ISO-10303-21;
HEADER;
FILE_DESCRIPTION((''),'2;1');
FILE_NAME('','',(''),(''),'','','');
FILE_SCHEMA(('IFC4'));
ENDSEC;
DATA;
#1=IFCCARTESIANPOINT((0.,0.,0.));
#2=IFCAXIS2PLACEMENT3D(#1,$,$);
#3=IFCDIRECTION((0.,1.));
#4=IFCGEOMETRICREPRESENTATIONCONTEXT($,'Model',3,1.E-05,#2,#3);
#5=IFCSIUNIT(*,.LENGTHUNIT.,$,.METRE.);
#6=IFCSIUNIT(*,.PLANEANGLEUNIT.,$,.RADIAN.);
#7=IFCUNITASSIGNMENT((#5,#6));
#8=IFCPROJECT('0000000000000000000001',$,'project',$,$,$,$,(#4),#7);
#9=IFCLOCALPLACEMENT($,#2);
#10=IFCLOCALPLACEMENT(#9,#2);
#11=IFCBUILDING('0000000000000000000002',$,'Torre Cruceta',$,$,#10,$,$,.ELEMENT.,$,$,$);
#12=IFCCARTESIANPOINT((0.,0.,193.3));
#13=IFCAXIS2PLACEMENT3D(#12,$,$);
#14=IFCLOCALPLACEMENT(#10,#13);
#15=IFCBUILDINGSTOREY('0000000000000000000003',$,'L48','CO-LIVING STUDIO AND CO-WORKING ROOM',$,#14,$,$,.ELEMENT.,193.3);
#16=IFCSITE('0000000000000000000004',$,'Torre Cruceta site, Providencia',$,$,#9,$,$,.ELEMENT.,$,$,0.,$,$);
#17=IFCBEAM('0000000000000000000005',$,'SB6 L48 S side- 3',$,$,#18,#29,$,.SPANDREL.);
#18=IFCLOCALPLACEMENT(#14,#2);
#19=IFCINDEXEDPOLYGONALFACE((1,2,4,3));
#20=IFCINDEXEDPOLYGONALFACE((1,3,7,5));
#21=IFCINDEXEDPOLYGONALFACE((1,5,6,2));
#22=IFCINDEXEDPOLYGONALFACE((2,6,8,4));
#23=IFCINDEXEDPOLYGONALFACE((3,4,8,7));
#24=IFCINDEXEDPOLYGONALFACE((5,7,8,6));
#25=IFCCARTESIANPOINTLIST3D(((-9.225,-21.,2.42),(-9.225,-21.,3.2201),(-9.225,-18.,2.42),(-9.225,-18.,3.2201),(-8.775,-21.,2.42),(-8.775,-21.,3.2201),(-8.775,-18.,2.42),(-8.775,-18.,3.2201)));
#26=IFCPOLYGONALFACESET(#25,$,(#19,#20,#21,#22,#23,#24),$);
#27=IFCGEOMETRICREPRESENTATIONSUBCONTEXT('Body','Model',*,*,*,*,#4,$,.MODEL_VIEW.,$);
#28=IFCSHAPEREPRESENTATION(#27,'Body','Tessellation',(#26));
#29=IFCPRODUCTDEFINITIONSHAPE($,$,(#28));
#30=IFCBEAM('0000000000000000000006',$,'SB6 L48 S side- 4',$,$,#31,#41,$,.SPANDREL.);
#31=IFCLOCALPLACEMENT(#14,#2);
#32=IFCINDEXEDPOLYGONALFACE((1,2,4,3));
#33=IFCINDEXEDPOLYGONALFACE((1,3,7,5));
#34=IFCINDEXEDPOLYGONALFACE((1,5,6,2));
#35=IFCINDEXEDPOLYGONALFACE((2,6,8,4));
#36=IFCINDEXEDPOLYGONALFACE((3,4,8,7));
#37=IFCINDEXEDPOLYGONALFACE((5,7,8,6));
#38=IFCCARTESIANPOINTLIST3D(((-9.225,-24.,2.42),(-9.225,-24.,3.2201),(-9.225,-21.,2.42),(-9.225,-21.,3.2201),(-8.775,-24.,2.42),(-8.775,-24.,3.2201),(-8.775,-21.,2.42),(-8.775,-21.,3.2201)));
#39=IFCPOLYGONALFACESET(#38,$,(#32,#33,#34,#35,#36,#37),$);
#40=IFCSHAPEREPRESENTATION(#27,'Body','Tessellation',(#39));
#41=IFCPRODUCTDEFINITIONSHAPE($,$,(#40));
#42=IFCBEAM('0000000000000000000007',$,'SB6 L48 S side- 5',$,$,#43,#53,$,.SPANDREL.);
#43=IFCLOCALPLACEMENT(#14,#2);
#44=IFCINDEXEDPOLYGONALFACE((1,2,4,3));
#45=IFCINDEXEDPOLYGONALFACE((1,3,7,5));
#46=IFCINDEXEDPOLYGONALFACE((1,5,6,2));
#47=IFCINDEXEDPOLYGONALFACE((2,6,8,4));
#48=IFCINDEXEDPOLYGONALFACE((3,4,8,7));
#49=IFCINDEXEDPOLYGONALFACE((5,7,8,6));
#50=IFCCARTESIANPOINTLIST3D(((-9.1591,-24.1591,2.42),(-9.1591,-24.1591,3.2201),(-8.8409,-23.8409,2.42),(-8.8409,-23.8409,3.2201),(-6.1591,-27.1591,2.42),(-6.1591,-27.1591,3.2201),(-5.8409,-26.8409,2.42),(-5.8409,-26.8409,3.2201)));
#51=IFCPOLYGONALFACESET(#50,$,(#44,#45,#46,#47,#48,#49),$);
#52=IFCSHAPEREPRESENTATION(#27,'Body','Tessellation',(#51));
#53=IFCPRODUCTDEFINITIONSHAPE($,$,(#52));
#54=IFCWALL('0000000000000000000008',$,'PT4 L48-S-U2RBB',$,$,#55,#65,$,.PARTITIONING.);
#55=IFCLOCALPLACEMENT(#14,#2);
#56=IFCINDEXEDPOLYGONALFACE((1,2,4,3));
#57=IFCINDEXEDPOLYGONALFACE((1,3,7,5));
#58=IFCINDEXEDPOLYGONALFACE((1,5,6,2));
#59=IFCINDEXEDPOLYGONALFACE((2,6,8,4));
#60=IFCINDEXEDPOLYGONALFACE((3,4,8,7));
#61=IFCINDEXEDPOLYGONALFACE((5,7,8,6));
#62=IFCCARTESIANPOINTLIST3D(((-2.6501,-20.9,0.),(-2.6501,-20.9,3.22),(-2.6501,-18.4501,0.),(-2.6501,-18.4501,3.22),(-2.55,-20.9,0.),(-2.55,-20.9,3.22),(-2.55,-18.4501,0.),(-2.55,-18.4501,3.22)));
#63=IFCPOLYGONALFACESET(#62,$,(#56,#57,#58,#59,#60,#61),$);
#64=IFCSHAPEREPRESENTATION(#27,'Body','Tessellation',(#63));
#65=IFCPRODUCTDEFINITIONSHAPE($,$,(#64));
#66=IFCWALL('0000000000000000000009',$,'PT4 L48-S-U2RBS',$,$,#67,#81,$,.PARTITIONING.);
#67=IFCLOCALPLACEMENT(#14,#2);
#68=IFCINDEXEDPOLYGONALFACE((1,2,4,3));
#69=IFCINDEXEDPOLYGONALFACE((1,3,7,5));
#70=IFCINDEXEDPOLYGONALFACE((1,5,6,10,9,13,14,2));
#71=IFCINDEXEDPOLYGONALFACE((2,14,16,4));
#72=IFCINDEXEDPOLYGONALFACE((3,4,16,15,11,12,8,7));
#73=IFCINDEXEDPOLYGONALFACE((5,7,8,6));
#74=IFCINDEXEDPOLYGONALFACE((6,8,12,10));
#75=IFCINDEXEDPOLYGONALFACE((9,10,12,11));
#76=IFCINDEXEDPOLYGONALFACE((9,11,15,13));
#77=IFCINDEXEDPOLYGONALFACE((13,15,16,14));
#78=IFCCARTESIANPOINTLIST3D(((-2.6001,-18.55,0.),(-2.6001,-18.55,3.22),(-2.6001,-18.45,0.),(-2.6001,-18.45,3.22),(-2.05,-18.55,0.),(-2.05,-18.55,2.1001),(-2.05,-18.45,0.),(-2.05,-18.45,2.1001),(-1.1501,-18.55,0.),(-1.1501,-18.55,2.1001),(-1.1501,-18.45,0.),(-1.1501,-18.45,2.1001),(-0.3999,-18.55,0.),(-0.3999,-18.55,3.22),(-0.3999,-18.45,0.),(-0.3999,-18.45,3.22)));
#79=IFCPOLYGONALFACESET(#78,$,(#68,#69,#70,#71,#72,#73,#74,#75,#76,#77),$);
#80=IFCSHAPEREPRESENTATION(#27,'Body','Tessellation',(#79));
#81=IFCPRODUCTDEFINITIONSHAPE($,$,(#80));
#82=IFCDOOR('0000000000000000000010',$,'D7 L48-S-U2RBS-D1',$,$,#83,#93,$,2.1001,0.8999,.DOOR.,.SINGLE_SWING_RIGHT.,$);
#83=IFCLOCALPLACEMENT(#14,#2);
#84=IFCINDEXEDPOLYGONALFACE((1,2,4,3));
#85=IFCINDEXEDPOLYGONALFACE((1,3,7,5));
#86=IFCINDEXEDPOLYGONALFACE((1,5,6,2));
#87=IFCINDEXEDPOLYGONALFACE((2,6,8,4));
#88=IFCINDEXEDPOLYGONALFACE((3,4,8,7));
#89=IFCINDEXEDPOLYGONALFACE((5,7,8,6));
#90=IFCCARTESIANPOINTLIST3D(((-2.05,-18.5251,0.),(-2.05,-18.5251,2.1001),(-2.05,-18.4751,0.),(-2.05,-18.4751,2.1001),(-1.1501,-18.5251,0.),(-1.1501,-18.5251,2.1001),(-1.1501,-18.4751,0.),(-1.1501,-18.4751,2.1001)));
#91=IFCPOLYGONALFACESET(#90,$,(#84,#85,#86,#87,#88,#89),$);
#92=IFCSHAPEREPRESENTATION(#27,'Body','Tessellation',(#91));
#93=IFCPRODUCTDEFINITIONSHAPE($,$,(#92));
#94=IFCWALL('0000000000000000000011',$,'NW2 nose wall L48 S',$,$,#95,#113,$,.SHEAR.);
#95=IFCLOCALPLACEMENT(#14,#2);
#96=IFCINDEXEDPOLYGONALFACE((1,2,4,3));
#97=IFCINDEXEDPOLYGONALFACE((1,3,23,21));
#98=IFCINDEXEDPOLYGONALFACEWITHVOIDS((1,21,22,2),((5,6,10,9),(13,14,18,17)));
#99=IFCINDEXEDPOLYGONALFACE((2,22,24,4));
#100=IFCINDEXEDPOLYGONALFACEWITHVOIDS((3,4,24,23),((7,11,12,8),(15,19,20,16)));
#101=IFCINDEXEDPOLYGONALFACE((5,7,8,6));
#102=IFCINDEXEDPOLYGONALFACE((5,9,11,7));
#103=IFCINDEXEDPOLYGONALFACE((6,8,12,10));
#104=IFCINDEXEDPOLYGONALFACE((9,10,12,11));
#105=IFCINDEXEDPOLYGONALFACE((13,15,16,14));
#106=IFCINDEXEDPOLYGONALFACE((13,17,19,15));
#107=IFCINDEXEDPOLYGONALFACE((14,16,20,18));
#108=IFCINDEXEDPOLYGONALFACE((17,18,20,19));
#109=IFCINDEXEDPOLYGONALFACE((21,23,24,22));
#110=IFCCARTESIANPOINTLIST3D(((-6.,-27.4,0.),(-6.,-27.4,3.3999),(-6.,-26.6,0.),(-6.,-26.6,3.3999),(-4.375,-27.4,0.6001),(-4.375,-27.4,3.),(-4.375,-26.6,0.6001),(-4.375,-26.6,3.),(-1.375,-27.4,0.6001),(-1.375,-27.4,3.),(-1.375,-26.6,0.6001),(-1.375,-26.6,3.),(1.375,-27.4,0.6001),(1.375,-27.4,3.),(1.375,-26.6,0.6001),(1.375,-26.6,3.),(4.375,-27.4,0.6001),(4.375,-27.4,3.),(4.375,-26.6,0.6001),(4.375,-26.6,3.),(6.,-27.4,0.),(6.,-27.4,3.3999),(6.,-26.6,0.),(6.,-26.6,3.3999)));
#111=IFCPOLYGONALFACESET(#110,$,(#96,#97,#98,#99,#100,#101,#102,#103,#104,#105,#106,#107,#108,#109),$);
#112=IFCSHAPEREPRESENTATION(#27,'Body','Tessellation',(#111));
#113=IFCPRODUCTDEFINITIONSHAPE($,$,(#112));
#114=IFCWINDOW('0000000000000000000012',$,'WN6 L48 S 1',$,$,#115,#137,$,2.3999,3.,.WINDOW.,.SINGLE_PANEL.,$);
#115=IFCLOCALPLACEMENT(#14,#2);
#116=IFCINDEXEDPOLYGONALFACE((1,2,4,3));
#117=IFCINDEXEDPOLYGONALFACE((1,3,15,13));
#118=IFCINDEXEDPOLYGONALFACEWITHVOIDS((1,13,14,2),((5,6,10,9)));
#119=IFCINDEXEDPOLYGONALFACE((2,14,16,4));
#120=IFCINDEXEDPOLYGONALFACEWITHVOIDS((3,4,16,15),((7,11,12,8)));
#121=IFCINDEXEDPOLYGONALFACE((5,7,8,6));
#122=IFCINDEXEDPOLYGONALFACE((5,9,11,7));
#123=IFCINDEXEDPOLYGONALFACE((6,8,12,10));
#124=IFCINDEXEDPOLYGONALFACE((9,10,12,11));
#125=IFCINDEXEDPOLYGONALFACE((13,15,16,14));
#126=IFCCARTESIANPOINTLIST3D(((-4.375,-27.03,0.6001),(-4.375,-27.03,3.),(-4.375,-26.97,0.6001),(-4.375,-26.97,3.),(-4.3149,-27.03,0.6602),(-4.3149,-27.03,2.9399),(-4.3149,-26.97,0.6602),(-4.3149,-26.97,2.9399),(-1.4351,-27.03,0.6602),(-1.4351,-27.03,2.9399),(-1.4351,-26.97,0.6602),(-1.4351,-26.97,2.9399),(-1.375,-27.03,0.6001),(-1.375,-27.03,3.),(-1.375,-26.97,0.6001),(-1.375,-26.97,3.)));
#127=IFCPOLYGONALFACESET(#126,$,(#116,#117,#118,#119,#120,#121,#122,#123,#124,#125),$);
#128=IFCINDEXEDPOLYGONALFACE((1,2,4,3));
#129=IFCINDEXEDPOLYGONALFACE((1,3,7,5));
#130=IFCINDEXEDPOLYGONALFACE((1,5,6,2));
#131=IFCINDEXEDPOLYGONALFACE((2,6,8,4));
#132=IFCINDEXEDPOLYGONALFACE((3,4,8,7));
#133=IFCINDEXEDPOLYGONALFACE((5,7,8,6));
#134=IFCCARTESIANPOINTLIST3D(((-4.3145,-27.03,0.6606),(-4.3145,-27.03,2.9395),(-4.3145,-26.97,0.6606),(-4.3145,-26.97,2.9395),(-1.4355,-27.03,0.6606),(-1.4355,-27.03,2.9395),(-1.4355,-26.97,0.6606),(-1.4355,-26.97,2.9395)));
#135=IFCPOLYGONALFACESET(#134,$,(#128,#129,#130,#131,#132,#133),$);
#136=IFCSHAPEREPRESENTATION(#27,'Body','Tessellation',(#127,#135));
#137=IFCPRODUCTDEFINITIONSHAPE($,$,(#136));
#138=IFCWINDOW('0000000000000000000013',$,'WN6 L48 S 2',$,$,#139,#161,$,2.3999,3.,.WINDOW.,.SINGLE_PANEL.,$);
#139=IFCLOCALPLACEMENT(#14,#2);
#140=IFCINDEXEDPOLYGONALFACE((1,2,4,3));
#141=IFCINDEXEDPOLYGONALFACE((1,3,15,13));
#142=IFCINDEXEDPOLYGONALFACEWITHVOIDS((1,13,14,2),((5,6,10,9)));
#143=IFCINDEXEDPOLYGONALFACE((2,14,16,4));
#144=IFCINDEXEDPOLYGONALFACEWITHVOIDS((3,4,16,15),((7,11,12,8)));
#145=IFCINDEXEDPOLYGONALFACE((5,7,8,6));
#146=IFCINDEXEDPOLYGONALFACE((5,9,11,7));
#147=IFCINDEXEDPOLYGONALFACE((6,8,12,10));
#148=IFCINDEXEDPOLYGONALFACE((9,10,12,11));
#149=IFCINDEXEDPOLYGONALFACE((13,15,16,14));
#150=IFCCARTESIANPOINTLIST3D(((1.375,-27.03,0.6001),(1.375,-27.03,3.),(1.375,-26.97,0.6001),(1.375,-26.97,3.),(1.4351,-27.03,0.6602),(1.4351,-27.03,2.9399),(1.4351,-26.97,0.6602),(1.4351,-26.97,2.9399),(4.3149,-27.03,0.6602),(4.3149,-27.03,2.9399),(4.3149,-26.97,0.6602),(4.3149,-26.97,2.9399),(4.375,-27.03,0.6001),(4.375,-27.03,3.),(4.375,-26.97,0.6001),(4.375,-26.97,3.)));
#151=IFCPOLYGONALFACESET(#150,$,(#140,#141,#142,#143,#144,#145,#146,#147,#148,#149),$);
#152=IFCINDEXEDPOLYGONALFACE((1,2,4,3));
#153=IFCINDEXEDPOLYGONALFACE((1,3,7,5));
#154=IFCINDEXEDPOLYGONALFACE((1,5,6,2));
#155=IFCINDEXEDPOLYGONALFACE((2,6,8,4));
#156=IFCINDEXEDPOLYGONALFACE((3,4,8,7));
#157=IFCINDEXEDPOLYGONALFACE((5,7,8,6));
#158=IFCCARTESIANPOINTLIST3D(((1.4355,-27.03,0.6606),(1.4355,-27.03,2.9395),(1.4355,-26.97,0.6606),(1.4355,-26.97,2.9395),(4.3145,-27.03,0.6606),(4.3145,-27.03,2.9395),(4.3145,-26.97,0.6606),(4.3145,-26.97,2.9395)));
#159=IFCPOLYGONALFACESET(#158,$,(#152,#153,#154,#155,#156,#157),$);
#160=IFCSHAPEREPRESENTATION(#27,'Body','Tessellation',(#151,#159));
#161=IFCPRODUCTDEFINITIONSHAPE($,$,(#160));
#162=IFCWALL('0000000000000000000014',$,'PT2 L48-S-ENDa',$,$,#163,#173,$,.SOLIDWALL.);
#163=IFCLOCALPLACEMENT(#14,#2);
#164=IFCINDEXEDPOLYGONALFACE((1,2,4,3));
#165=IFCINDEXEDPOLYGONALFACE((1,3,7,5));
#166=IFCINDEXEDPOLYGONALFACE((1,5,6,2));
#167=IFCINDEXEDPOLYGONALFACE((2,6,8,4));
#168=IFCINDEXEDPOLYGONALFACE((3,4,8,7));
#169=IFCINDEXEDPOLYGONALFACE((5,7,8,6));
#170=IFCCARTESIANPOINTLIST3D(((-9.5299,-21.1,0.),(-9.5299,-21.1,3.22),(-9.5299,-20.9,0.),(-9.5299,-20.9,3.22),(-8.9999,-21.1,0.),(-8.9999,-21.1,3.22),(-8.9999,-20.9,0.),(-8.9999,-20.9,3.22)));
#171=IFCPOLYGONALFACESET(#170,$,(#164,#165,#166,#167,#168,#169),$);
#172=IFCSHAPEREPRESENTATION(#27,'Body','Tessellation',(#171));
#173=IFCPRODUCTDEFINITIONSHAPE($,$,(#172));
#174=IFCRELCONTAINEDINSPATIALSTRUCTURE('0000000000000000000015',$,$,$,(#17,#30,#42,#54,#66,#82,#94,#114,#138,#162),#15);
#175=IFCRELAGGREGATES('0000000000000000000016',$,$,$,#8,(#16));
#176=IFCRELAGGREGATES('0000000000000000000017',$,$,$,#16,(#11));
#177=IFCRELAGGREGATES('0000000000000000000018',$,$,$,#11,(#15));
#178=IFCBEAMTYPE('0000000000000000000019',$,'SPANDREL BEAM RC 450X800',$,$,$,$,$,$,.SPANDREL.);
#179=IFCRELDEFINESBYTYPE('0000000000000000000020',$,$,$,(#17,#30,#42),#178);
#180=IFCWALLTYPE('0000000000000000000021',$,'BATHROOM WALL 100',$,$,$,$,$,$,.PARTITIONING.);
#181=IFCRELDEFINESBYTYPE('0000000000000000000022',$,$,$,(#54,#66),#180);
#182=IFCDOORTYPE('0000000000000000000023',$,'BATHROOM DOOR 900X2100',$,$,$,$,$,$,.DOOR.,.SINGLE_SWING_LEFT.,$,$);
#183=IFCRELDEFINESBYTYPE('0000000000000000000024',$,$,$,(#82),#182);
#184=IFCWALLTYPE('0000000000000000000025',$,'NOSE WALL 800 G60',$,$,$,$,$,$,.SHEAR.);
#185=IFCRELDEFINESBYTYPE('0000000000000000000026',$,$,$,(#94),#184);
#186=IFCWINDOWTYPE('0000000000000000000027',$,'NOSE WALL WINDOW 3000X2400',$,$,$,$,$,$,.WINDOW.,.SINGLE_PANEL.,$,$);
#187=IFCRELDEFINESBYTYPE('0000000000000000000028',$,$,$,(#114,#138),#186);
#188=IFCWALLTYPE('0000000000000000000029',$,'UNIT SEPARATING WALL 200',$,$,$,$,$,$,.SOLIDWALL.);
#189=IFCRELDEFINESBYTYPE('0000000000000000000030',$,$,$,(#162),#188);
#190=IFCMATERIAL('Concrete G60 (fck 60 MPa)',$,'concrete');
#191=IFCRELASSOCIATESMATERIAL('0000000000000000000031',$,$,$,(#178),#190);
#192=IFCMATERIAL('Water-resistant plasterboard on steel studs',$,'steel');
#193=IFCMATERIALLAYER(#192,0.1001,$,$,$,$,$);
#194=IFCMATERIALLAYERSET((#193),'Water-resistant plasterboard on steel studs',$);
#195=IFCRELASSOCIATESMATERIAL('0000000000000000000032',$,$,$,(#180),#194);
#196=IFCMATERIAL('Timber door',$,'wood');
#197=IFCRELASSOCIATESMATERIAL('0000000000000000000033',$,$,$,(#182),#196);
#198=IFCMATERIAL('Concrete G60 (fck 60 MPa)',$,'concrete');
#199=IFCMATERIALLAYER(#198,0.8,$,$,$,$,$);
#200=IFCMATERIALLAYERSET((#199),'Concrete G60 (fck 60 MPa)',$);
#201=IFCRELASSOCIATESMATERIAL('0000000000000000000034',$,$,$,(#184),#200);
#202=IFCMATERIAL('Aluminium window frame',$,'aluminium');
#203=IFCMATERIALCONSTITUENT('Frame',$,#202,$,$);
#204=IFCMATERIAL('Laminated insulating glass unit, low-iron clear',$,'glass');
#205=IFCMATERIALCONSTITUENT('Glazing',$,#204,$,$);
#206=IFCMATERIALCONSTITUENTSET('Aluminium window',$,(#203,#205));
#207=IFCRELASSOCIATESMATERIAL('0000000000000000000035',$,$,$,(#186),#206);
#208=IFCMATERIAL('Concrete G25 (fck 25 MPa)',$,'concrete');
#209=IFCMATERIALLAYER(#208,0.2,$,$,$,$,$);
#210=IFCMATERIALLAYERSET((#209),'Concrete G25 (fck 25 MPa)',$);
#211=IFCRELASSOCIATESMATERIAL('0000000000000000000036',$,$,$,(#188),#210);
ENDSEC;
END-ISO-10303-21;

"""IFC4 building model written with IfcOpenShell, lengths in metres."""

from ifc_helpers import new_model, si_unit, direction, frame, frame_2d, origin, origin_2d, place, context, subcontext, project, spatial, rectangle, hollow_rectangle, extrude, material, layer, layer_set, constituent, constituent_set, material_profile, profile_set, type_object, element, fill, save


model = new_model("IFC4")

# Units and contexts
model_context = context("Model", 3, precision=1e-05, world=origin(), true_north=direction((0.0, 1.0)))
body_context = subcontext(model_context, "Body", "Model", "MODEL_VIEW")
ifc_project = project(units=[si_unit("LENGTHUNIT", "METRE"), si_unit("PLANEANGLEUNIT", "RADIAN")], contexts=[model_context])

# Site, building, storey
site_placement = place(None, origin())
site = spatial("IfcSite", under=ifc_project, at=site_placement, Name="Torre Cruceta site, Providencia", CompositionType="ELEMENT", RefElevation=0.0)
building_placement = place(site_placement, origin())
building = spatial("IfcBuilding", under=site, at=building_placement, Name="Torre Cruceta", CompositionType="ELEMENT")
storey_placement = place(building_placement, frame((0.0, 0.0, 193.3)))
storey = spatial("IfcBuildingStorey", under=building, at=storey_placement, Name="L48", Description="CO-LIVING STUDIO AND CO-WORKING ROOM", CompositionType="ELEMENT", Elevation=193.3)

# Beams
ifc_material_1 = material(Name="Concrete G60 (fck 60 MPa)", Category="concrete")
ifc_material_profile_1 = material_profile(ifc_material_1, rectangle(XDim=0.45, YDim=0.8, at=origin_2d()), Name="RC 450X800")
ifc_profile_set_1 = profile_set([ifc_material_profile_1], Name="Concrete G60 (fck 60 MPa)")
beam_type_1 = type_object("IfcBeamType", Name="SPANDREL BEAM RC 450X800", PredefinedType="SPANDREL", material=ifc_profile_set_1)
for number, where, z_axis, x_axis, name in (
    (1, (-9.0, -18.0, 2.8201), (0.0, -1.0, 0.0), (1.0, 0.0, 0.0), "SB6 L48 S side- 3"),
    (2, (-9.0, -21.0, 2.8201), (0.0, -1.0, 0.0), (1.0, 0.0, 0.0), "SB6 L48 S side- 4"),
):
    element("IfcBeam", number, at=place(storey_placement, frame(where, z_axis=z_axis, x_axis=x_axis)), inside=storey, type_object=beam_type_1, Name=name, PredefinedType="SPANDREL", context=body_context, shape_type="SweptSolid", body=[
        extrude(rectangle(XDim=0.45, YDim=0.8, at=origin_2d()), origin(), (0.0, 0.0, 1.0), 3.0),
    ])
beam_1_placement = place(storey_placement, frame((-9.0, -24.0, 2.8201), z_axis=(0.707107, -0.707107, 0.0), x_axis=(0.707107, 0.707107, 0.0)))
element("IfcBeam", 3, at=beam_1_placement, inside=storey, type_object=beam_type_1, Name="SB6 L48 S side- 5", PredefinedType="SPANDREL", context=body_context, shape_type="SweptSolid", body=[
    extrude(rectangle(XDim=0.45, YDim=0.8, at=origin_2d()), origin(), (0.0, 0.0, 1.0), 4.2427),
])

# Wall
ifc_material_2 = material(Name="Water-resistant plasterboard on steel studs", Category="steel")
ifc_layer_1 = layer(ifc_material_2, 0.1001)
ifc_layer_set_1 = layer_set([ifc_layer_1], Name="Water-resistant plasterboard on steel studs")
wall_type_1 = type_object("IfcWallType", Name="BATHROOM WALL 100", PredefinedType="PARTITIONING", material=ifc_layer_set_1)
wall_1_placement = place(storey_placement, frame((-2.6001, -18.45, 0.0), z_axis=(0.0, 0.0, 1.0), x_axis=(0.0, -1.0, 0.0)))
element("IfcWall", 4, at=wall_1_placement, inside=storey, type_object=wall_type_1, Name="PT4 L48-S-U2RBB", PredefinedType="PARTITIONING", context=body_context, shape_type="SweptSolid", body=[
    extrude(rectangle(XDim=2.45, YDim=0.1001, at=frame_2d((1.2251, 0.0))), origin(), (0.0, 0.0, 1.0), 3.22),
])

# Wall, opening, door
wall_2_placement = place(storey_placement, frame((-2.6001, -18.5, 0.0), z_axis=(0.0, 0.0, 1.0), x_axis=(1.0, 0.0, 0.0)))
wall_2 = element("IfcWall", 5, at=wall_2_placement, inside=storey, type_object=wall_type_1, Name="PT4 L48-S-U2RBS", PredefinedType="PARTITIONING", context=body_context, shape_type="SweptSolid", body=[
    extrude(rectangle(XDim=2.2002, YDim=0.1001, at=frame_2d((1.1001, 0.0))), origin(), (0.0, 0.0, 1.0), 3.22),
])
opening_1_placement = place(wall_2_placement, frame((0.55, 0.0, 0.0)))
opening_1 = element("IfcOpeningElement", 6, at=opening_1_placement, cuts=wall_2, PredefinedType="OPENING", context=body_context, shape_type="SweptSolid", body=[
    extrude(rectangle(XDim=0.8999, YDim=2.1001, at=frame_2d((0.45, 1.05))), frame((0.0, 0.0601, 0.0), z_axis=(0.0, -1.0, 0.0), x_axis=(1.0, 0.0, 0.0)), (0.0, 0.0, 1.0), 0.1201),
])
ifc_material_3 = material(Name="Timber door", Category="wood")
door_type = type_object("IfcDoorType", Name="BATHROOM DOOR 900X2100", OperationType="SINGLE_SWING_LEFT", PredefinedType="DOOR", material=ifc_material_3)
door_placement = place(opening_1_placement, frame((0.8999, 0.0, 0.0), z_axis=(0.0, 0.0, 1.0), x_axis=(-1.0, 0.0, 0.0)))
door = element("IfcDoor", 7, at=door_placement, inside=storey, type_object=door_type, Name="D7 L48-S-U2RBS-D1", OperationType="SINGLE_SWING_RIGHT", OverallHeight=2.1001, OverallWidth=0.8999, PredefinedType="DOOR", context=body_context, shape_type="SweptSolid", body=[
    extrude(rectangle(XDim=0.8999, YDim=2.1001, at=frame_2d((0.45, 1.05))), frame((0.0, 0.0251, 0.0), z_axis=(0.0, -1.0, 0.0), x_axis=(1.0, 0.0, 0.0)), (0.0, 0.0, 1.0), 0.05),
])
fill(opening_1, door)

# Wall, openings, windows
ifc_material_4 = material(Name="Concrete G60 (fck 60 MPa)", Category="concrete")
ifc_layer_2 = layer(ifc_material_4, 0.8)
ifc_layer_set_2 = layer_set([ifc_layer_2], Name="Concrete G60 (fck 60 MPa)")
wall_type_2 = type_object("IfcWallType", Name="NOSE WALL 800 G60", PredefinedType="SHEAR", material=ifc_layer_set_2)
wall_3_placement = place(storey_placement, frame((-6.0, -27.0, 0.0), z_axis=(0.0, 0.0, 1.0), x_axis=(1.0, 0.0, 0.0)))
wall_3 = element("IfcWall", 8, at=wall_3_placement, inside=storey, type_object=wall_type_2, Name="NW2 nose wall L48 S", PredefinedType="SHEAR", context=body_context, shape_type="SweptSolid", body=[
    extrude(rectangle(XDim=12.0, YDim=0.8, at=frame_2d((6.0, 0.0))), origin(), (0.0, 0.0, 1.0), 3.3999),
])
opening_2_placement = place(wall_3_placement, frame((1.625, 0.0, 0.6001)))
opening_2 = element("IfcOpeningElement", 9, at=opening_2_placement, cuts=wall_3, PredefinedType="OPENING", context=body_context, shape_type="SweptSolid", body=[
    extrude(rectangle(XDim=3.0, YDim=2.3999, at=frame_2d((1.5, 1.2))), frame((0.0, 0.4099, 0.0), z_axis=(0.0, -1.0, 0.0), x_axis=(1.0, 0.0, 0.0)), (0.0, 0.0, 1.0), 0.8201),
])
opening_3_placement = place(wall_3_placement, frame((7.375, 0.0, 0.6001)))
opening_3 = element("IfcOpeningElement", 10, at=opening_3_placement, cuts=wall_3, PredefinedType="OPENING", context=body_context, shape_type="SweptSolid", body=[
    extrude(rectangle(XDim=3.0, YDim=2.3999, at=frame_2d((1.5, 1.2))), frame((0.0, 0.4099, 0.0), z_axis=(0.0, -1.0, 0.0), x_axis=(1.0, 0.0, 0.0)), (0.0, 0.0, 1.0), 0.8201),
])
ifc_material_5 = material(Name="Aluminium window frame", Category="aluminium")
ifc_constituent_1 = constituent(ifc_material_5, Name="Frame")
ifc_material_6 = material(Name="Laminated insulating glass unit, low-iron clear", Category="glass")
ifc_constituent_2 = constituent(ifc_material_6, Name="Glazing")
ifc_constituent_set = constituent_set(constituents=[ifc_constituent_1, ifc_constituent_2], Name="Aluminium window")
window_type = type_object("IfcWindowType", Name="NOSE WALL WINDOW 3000X2400", PartitioningType="SINGLE_PANEL", PredefinedType="WINDOW", material=ifc_constituent_set)
window_1_placement = place(opening_2_placement, origin())
window_1 = element("IfcWindow", 11, at=window_1_placement, inside=storey, type_object=window_type, Name="WN6 L48 S 1", OverallHeight=2.3999, OverallWidth=3.0, PartitioningType="SINGLE_PANEL", PredefinedType="WINDOW", context=body_context, shape_type="SweptSolid", body=[
    extrude(hollow_rectangle(XDim=3.0, YDim=2.3999, WallThickness=0.0601, at=frame_2d((1.5, 1.2))), frame((0.0, 0.03, 0.0), z_axis=(0.0, -1.0, 0.0), x_axis=(1.0, 0.0, 0.0)), (0.0, 0.0, 1.0), 0.0601),
    extrude(rectangle(XDim=2.8789, YDim=2.2788, at=frame_2d((1.5, 1.2))), frame((0.0, 0.03, 0.0), z_axis=(0.0, -1.0, 0.0), x_axis=(1.0, 0.0, 0.0)), (0.0, 0.0, 1.0), 0.0601),
])
fill(opening_2, window_1)
window_2_placement = place(opening_3_placement, origin())
window_2 = element("IfcWindow", 12, at=window_2_placement, inside=storey, type_object=window_type, Name="WN6 L48 S 2", OverallHeight=2.3999, OverallWidth=3.0, PartitioningType="SINGLE_PANEL", PredefinedType="WINDOW", context=body_context, shape_type="SweptSolid", body=[
    extrude(hollow_rectangle(XDim=3.0, YDim=2.3999, WallThickness=0.0601, at=frame_2d((1.5, 1.2))), frame((0.0, 0.03, 0.0), z_axis=(0.0, -1.0, 0.0), x_axis=(1.0, 0.0, 0.0)), (0.0, 0.0, 1.0), 0.0601),
    extrude(rectangle(XDim=2.8789, YDim=2.2788, at=frame_2d((1.5, 1.2))), frame((0.0, 0.03, 0.0), z_axis=(0.0, -1.0, 0.0), x_axis=(1.0, 0.0, 0.0)), (0.0, 0.0, 1.0), 0.0601),
])
fill(opening_3, window_2)

# Wall
ifc_material_7 = material(Name="Concrete G25 (fck 25 MPa)", Category="concrete")
ifc_layer_3 = layer(ifc_material_7, 0.2)
ifc_layer_set_3 = layer_set([ifc_layer_3], Name="Concrete G25 (fck 25 MPa)")
wall_type_3 = type_object("IfcWallType", Name="UNIT SEPARATING WALL 200", PredefinedType="SOLIDWALL", material=ifc_layer_set_3)
wall_4_placement = place(storey_placement, frame((-9.53, -21.0, 0.0), z_axis=(0.0, 0.0, 1.0), x_axis=(1.0, 0.0, 0.0)))
element("IfcWall", 13, at=wall_4_placement, inside=storey, type_object=wall_type_3, Name="PT2 L48-S-ENDa", PredefinedType="SOLIDWALL", context=body_context, shape_type="SweptSolid", body=[
    extrude(rectangle(XDim=0.53, YDim=0.2, at=frame_2d((0.2651, 0.0))), origin(), (0.0, 0.0, 1.0), 3.22),
])

save(model, "model.ifc")
